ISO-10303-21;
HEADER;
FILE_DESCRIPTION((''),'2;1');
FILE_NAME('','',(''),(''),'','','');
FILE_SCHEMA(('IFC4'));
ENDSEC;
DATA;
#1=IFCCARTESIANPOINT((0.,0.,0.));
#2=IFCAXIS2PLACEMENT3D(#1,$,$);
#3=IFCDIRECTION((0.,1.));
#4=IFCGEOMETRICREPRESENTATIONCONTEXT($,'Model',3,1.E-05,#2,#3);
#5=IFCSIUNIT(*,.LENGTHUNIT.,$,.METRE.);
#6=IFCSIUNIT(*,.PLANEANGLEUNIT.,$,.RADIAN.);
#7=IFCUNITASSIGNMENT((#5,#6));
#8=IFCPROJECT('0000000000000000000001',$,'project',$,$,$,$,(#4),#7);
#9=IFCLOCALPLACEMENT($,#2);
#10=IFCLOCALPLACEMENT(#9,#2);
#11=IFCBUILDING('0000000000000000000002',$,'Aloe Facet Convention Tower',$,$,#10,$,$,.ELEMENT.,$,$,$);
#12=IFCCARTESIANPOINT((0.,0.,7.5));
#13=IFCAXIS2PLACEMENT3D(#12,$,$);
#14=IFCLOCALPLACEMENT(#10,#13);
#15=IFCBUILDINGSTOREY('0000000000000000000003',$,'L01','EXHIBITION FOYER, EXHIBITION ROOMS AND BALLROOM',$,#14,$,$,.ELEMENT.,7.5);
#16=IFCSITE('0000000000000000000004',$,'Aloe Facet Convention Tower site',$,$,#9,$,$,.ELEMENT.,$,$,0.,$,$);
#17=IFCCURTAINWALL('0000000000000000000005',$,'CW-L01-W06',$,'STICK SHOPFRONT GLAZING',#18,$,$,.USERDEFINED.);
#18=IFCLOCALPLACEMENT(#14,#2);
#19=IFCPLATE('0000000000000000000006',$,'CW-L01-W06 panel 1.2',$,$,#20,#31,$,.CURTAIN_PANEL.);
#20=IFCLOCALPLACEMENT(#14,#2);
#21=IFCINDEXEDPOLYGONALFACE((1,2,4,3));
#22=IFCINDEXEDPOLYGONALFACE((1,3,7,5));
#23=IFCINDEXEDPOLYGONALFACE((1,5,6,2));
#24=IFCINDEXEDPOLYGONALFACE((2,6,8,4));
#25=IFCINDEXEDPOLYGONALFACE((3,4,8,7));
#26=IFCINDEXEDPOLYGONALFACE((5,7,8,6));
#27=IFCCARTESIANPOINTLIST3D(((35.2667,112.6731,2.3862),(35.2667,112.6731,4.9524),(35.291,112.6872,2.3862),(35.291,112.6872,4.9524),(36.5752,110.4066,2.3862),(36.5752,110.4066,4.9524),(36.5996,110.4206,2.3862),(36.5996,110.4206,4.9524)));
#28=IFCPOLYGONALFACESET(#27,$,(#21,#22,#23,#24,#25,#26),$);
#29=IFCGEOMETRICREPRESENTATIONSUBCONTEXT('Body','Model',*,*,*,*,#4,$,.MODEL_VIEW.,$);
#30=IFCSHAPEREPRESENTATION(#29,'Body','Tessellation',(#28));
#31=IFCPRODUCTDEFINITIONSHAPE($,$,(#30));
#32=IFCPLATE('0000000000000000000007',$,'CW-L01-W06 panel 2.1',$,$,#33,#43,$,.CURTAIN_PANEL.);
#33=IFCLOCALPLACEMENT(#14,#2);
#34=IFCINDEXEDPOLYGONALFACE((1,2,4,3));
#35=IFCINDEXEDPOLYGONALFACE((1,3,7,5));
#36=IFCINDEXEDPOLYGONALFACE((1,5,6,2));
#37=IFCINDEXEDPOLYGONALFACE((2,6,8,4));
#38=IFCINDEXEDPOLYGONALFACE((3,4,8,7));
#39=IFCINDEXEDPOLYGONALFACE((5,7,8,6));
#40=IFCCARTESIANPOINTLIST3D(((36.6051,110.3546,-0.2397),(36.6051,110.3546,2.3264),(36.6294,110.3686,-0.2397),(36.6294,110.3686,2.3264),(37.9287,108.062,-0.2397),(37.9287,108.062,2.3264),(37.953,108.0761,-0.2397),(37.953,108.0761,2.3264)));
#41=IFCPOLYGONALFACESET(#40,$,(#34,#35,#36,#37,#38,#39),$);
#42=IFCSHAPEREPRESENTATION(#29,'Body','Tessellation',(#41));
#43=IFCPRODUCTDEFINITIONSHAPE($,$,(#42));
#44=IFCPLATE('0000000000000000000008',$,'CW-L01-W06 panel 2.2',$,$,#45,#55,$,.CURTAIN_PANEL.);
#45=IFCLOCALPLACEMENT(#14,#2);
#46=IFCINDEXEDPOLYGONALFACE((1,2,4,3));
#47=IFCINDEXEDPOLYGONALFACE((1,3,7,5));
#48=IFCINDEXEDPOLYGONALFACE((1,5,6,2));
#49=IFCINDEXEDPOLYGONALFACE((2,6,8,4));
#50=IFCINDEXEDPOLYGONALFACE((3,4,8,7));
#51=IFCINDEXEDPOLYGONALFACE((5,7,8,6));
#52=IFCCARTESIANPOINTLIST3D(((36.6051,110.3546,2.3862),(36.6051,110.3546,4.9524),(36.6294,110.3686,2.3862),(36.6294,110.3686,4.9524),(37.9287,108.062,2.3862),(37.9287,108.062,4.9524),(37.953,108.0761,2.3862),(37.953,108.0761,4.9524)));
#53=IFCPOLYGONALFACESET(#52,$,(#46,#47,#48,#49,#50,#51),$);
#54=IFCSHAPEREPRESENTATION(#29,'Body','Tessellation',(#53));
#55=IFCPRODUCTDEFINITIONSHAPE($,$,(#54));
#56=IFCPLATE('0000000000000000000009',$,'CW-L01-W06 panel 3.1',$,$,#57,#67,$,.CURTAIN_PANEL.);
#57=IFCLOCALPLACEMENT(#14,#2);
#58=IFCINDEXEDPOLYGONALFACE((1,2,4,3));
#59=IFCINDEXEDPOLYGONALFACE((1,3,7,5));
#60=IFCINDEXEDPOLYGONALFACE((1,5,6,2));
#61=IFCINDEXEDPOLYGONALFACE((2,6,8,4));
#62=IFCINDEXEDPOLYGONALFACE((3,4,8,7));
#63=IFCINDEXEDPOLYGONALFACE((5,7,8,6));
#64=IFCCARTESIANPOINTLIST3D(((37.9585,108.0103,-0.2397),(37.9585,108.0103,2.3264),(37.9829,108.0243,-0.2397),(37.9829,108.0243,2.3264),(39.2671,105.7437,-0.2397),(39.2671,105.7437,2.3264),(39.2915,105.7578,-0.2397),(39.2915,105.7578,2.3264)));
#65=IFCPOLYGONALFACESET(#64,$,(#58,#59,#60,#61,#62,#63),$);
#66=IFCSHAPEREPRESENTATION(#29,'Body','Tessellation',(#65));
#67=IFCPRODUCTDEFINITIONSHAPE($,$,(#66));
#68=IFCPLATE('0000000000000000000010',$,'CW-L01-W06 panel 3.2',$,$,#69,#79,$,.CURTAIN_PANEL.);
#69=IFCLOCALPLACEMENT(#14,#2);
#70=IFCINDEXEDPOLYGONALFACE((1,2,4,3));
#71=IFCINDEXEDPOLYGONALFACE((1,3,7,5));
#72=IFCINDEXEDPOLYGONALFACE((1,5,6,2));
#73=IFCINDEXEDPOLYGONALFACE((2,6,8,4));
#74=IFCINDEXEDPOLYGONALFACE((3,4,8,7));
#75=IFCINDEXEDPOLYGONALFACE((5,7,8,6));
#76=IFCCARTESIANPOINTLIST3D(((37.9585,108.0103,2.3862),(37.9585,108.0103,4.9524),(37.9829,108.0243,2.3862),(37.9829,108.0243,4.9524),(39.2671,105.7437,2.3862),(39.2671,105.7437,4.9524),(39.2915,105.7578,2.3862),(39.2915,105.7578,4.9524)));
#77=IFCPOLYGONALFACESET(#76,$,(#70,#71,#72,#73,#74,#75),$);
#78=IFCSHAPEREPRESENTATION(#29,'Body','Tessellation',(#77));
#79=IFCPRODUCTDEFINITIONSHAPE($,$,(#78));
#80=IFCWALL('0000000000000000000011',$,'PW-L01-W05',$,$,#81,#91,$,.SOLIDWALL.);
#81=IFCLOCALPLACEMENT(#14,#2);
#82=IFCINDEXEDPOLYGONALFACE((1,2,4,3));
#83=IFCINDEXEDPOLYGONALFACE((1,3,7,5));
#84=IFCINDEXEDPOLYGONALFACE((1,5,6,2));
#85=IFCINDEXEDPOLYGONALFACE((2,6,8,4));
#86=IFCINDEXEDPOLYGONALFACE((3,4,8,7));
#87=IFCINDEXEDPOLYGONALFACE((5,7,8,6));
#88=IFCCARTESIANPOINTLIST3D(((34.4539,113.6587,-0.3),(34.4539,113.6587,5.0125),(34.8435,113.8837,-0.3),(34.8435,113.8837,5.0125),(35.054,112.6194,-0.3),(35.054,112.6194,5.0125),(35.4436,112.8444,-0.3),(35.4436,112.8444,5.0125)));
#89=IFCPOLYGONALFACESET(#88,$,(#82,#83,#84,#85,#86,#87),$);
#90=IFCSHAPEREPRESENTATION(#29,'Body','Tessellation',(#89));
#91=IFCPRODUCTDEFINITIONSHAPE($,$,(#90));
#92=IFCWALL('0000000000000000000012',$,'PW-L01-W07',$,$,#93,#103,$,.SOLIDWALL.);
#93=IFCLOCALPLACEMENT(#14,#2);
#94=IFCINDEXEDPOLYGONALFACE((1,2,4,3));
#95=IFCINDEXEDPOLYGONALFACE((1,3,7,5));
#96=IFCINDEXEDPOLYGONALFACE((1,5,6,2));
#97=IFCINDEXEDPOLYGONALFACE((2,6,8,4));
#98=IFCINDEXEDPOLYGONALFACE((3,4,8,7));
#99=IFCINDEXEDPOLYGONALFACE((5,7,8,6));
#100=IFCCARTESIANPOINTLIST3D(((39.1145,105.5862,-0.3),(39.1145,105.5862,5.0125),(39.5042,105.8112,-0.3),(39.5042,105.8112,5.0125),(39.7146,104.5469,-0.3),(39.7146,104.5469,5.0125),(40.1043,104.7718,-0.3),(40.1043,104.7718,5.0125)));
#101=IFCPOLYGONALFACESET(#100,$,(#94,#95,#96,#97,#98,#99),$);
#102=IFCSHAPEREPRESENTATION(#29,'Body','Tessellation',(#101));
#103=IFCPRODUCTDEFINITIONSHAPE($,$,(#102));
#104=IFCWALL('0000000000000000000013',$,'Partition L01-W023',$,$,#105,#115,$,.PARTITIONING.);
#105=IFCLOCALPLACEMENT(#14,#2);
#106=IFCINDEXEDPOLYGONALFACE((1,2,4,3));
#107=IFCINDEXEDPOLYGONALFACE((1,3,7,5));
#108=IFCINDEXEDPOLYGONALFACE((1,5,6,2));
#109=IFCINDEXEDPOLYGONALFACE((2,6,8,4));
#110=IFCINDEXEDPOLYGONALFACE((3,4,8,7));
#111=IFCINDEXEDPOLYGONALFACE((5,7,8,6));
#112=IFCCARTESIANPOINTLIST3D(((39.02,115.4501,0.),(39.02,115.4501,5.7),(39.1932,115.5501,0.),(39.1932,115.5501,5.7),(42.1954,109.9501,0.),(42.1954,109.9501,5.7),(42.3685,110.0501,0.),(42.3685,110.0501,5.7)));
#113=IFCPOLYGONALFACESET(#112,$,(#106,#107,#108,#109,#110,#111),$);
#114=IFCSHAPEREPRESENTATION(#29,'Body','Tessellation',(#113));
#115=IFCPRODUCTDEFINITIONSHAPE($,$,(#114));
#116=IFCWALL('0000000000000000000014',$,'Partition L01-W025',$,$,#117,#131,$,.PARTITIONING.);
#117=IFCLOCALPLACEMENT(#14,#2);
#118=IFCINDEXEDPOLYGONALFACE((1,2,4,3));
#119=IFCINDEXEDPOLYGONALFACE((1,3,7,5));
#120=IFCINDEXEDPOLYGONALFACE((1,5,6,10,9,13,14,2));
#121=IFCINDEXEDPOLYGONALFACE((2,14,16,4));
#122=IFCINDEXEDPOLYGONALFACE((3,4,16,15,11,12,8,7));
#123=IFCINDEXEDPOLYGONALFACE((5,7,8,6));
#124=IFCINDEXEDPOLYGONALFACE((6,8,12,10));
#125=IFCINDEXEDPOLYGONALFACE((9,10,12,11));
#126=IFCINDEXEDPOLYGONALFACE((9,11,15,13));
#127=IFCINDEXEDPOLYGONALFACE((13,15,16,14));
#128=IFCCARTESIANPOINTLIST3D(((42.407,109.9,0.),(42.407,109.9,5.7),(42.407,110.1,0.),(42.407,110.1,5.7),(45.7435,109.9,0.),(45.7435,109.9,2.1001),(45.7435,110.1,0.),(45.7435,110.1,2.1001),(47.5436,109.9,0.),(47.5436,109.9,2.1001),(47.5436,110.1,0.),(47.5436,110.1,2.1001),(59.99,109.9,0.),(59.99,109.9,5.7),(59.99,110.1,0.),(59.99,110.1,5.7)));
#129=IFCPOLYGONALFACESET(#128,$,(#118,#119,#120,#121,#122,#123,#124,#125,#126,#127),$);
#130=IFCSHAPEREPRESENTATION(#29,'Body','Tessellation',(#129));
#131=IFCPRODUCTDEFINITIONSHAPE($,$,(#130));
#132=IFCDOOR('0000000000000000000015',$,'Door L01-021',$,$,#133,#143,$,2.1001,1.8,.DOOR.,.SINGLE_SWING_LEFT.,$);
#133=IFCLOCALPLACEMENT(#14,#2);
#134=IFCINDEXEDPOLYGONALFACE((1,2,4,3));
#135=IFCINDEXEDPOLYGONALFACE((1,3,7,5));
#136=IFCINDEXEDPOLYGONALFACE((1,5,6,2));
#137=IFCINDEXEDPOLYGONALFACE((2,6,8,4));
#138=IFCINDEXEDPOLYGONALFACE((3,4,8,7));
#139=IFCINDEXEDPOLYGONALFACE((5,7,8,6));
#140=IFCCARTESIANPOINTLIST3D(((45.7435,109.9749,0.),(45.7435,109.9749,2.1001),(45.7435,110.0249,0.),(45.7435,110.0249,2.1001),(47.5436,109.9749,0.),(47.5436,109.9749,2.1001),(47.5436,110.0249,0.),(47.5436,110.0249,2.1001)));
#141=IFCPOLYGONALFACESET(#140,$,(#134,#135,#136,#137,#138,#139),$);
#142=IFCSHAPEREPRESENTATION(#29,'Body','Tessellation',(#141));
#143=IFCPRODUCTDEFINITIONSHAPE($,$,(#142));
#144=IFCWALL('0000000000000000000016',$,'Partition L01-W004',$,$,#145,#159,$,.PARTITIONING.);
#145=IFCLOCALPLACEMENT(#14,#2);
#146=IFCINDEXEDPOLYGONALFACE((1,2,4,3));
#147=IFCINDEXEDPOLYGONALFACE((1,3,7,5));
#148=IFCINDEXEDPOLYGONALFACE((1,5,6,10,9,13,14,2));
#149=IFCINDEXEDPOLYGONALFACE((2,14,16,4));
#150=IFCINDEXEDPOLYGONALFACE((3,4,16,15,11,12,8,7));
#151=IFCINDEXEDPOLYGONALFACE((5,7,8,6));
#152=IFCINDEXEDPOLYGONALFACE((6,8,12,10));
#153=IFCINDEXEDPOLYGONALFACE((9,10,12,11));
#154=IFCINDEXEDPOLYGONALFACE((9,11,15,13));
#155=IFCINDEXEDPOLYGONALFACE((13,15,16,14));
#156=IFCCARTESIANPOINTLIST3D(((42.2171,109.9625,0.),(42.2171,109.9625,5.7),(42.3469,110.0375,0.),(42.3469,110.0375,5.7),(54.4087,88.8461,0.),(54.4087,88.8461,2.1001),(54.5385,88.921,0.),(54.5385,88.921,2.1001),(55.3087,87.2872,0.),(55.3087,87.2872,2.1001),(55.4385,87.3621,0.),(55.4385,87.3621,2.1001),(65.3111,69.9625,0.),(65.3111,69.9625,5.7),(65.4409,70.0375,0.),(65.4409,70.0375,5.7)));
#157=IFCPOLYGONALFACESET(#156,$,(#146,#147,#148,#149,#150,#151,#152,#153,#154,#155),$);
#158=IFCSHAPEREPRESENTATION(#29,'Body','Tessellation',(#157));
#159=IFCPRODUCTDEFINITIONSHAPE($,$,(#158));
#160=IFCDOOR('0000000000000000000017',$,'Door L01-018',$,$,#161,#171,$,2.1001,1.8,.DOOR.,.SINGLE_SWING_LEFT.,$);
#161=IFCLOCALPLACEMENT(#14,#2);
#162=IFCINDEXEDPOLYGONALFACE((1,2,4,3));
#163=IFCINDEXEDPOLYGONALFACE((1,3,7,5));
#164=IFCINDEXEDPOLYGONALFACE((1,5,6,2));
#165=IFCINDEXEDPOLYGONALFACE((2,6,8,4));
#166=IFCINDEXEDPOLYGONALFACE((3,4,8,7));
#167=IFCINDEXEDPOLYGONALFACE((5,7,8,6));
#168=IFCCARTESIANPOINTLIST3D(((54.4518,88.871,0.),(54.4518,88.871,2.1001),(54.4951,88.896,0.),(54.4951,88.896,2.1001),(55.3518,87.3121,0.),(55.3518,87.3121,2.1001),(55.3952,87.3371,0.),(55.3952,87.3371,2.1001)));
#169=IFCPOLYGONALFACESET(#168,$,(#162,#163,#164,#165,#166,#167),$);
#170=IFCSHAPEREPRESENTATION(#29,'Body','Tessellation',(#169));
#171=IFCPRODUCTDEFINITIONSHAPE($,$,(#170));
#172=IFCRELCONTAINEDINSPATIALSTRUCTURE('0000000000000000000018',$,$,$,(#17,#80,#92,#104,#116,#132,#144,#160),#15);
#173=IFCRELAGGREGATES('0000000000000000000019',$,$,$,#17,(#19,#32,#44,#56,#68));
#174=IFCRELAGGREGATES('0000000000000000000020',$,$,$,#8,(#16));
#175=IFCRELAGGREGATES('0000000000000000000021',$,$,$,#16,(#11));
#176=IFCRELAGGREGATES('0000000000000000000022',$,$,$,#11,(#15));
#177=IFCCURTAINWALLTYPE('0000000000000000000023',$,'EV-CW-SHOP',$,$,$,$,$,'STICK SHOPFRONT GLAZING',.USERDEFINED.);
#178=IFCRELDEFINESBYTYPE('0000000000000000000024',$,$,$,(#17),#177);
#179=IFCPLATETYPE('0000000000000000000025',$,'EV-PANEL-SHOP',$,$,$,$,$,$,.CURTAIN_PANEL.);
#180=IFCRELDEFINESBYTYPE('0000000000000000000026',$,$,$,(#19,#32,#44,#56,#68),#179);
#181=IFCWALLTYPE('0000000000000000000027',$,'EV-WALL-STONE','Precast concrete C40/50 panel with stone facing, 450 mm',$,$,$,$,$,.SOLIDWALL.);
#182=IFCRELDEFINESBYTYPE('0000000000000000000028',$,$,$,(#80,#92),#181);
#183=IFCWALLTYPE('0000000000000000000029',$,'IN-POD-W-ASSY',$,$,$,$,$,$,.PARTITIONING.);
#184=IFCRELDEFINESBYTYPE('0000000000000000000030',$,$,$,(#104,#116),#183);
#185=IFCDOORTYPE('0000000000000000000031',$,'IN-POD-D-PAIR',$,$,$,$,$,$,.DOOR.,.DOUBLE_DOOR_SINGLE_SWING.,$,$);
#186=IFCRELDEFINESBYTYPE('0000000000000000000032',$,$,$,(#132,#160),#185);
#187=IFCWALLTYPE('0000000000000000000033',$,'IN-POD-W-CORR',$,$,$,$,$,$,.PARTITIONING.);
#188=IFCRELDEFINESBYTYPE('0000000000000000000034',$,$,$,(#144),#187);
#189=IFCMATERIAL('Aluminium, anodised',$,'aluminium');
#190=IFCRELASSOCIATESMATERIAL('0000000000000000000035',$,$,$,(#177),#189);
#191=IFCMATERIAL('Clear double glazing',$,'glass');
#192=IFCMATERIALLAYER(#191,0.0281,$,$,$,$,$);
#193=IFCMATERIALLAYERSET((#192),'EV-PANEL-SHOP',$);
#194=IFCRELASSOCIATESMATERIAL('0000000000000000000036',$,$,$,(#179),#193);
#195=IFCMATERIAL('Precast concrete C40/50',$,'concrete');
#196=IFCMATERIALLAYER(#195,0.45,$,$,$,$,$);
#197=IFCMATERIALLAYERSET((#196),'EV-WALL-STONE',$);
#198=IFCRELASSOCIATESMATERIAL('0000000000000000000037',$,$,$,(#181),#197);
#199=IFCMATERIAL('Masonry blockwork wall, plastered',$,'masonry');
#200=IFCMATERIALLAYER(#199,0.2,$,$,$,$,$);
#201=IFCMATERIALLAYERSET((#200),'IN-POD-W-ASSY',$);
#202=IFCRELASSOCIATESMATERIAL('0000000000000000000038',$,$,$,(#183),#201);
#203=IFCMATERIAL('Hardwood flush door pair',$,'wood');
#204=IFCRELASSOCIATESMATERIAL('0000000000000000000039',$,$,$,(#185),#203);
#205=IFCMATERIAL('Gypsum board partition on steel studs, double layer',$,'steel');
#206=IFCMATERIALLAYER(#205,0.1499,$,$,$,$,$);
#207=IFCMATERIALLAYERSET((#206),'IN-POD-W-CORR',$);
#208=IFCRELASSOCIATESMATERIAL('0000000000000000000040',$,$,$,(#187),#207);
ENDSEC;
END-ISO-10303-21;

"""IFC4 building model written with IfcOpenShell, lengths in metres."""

from ifc_helpers import new_model, si_unit, direction, frame, frame_2d, origin, origin_2d, place, context, subcontext, project, spatial, rectangle, extrude, material, layer, layer_set, type_object, element, fill, aggregate, save


model = new_model("IFC4")

# Units and contexts
model_context = context("Model", 3, precision=1e-05, world=origin(), true_north=direction((0.0, 1.0)))
body_context = subcontext(model_context, "Body", "Model", "MODEL_VIEW")
ifc_project = project(units=[si_unit("LENGTHUNIT", "METRE"), si_unit("PLANEANGLEUNIT", "RADIAN")], contexts=[model_context])

# Site, building, storey
site_placement = place(None, origin())
site = spatial("IfcSite", under=ifc_project, at=site_placement, Name="Aloe Facet Convention Tower site", CompositionType="ELEMENT", RefElevation=0.0)
building_placement = place(site_placement, origin())
building = spatial("IfcBuilding", under=site, at=building_placement, Name="Aloe Facet Convention Tower", CompositionType="ELEMENT")
storey_placement = place(building_placement, frame((0.0, 0.0, 7.5)))
storey = spatial("IfcBuildingStorey", under=building, at=storey_placement, Name="L01", Description="EXHIBITION FOYER, EXHIBITION ROOMS AND BALLROOM", CompositionType="ELEMENT", Elevation=7.5)

# Curtain wall
ifc_material_1 = material(Name="Aluminium, anodised", Category="aluminium")
curtain_wall_type = type_object("IfcCurtainWallType", Name="EV-CW-SHOP", ElementType="STICK SHOPFRONT GLAZING", PredefinedType="USERDEFINED", material=ifc_material_1)
curtain_wall_1_placement = place(storey_placement, origin())
curtain_wall_1 = element("IfcCurtainWall", 1, at=curtain_wall_1_placement, inside=storey, type_object=curtain_wall_type, Name="CW-L01-W06", ObjectType="STICK SHOPFRONT GLAZING", PredefinedType="USERDEFINED")

# Plates
ifc_material_2 = material(Name="Clear double glazing", Category="glass")
ifc_layer_1 = layer(ifc_material_2, 0.0281)
ifc_layer_set_1 = layer_set([ifc_layer_1], Name="EV-PANEL-SHOP")
plate_type = type_object("IfcPlateType", Name="EV-PANEL-SHOP", PredefinedType="CURTAIN_PANEL", material=ifc_layer_set_1)
plate_1_placement = place(storey_placement, frame((35.9331, 111.5469, 2.3862), z_axis=(0.0, 0.0, 1.0), x_axis=(0.5, -0.866025, 0.0)))
plate_1 = element("IfcPlate", 2, at=plate_1_placement, type_object=plate_type, Name="CW-L01-W06 panel 1.2", PredefinedType="CURTAIN_PANEL", context=body_context, shape_type="SweptSolid", body=[
    extrude(rectangle(XDim=2.6172, YDim=0.0281, at=origin_2d()), origin(), (0.0, 0.0, 1.0), 2.5662),
])
plate_2_placement = place(storey_placement, frame((37.2791, 109.2153, -0.2397), z_axis=(0.0, 0.0, 1.0), x_axis=(0.5, -0.866025, 0.0)))
plate_2 = element("IfcPlate", 3, at=plate_2_placement, type_object=plate_type, Name="CW-L01-W06 panel 2.1", PredefinedType="CURTAIN_PANEL", context=body_context, shape_type="SweptSolid", body=[
    extrude(rectangle(XDim=2.6472, YDim=0.0281, at=origin_2d()), origin(), (0.0, 0.0, 1.0), 2.5662),
])
plate_3_placement = place(storey_placement, frame((37.2791, 109.2153, 2.3862), z_axis=(0.0, 0.0, 1.0), x_axis=(0.5, -0.866025, 0.0)))
plate_3 = element("IfcPlate", 4, at=plate_3_placement, type_object=plate_type, Name="CW-L01-W06 panel 2.2", PredefinedType="CURTAIN_PANEL", context=body_context, shape_type="SweptSolid", body=[
    extrude(rectangle(XDim=2.6472, YDim=0.0281, at=origin_2d()), origin(), (0.0, 0.0, 1.0), 2.5662),
])
plate_4_placement = place(storey_placement, frame((38.625, 106.884, -0.2397), z_axis=(0.0, 0.0, 1.0), x_axis=(0.5, -0.866025, 0.0)))
plate_4 = element("IfcPlate", 5, at=plate_4_placement, type_object=plate_type, Name="CW-L01-W06 panel 3.1", PredefinedType="CURTAIN_PANEL", context=body_context, shape_type="SweptSolid", body=[
    extrude(rectangle(XDim=2.6172, YDim=0.0281, at=origin_2d()), origin(), (0.0, 0.0, 1.0), 2.5662),
])
plate_5_placement = place(storey_placement, frame((38.625, 106.884, 2.3862), z_axis=(0.0, 0.0, 1.0), x_axis=(0.5, -0.866025, 0.0)))
plate_5 = element("IfcPlate", 6, at=plate_5_placement, type_object=plate_type, Name="CW-L01-W06 panel 3.2", PredefinedType="CURTAIN_PANEL", context=body_context, shape_type="SweptSolid", body=[
    extrude(rectangle(XDim=2.6172, YDim=0.0281, at=origin_2d()), origin(), (0.0, 0.0, 1.0), 2.5662),
])
aggregate(curtain_wall_1, [plate_1, plate_2, plate_3, plate_4, plate_5])

# Walls
ifc_material_3 = material(Name="Precast concrete C40/50", Category="concrete")
ifc_layer_2 = layer(ifc_material_3, 0.45)
ifc_layer_set_2 = layer_set([ifc_layer_2], Name="EV-WALL-STONE")
wall_type_1 = type_object("IfcWallType", Name="EV-WALL-STONE", Description="Precast concrete C40/50 panel with stone facing, 450 mm", PredefinedType="SOLIDWALL", material=ifc_layer_set_2)
for number, where, z_axis, x_axis, name in (
    (7, (34.6487, 113.7712, -0.3), (0.0, 0.0, 1.0), (0.500034, -0.866006, 0.0), "PW-L01-W05"),
    (8, (39.3093, 105.6987, -0.3), (0.0, 0.0, 1.0), (0.500034, -0.866006, 0.0), "PW-L01-W07"),
):
    element("IfcWall", number, at=place(storey_placement, frame(where, z_axis=z_axis, x_axis=x_axis)), inside=storey, type_object=wall_type_1, Name=name, PredefinedType="SOLIDWALL", context=body_context, shape_type="SweptSolid", body=[
        extrude(rectangle(XDim=1.2002, YDim=0.45, at=frame_2d((0.6001, 0.0))), origin(), (0.0, 0.0, 1.0), 5.3125),
    ])
ifc_material_4 = material(Name="Masonry blockwork wall, plastered", Category="masonry")
ifc_layer_3 = layer(ifc_material_4, 0.2)
ifc_layer_set_3 = layer_set([ifc_layer_3], Name="IN-POD-W-ASSY")
wall_type_2 = type_object("IfcWallType", Name="IN-POD-W-ASSY", PredefinedType="PARTITIONING", material=ifc_layer_set_3)
wall_1_placement = place(storey_placement, frame((39.1067, 115.5, 0.0), z_axis=(0.0, 0.0, 1.0), x_axis=(0.499984, -0.866035, 0.0)))
element("IfcWall", 9, at=wall_1_placement, inside=storey, type_object=wall_type_2, Name="Partition L01-W023", PredefinedType="PARTITIONING", context=body_context, shape_type="SweptSolid", body=[
    extrude(rectangle(XDim=6.3508, YDim=0.2, at=frame_2d((3.1753, 0.0))), origin(), (0.0, 0.0, 1.0), 5.7),
])

# Walls, openings, doors
wall_2_placement = place(storey_placement, frame((42.407, 110.0, 0.0), z_axis=(0.0, 0.0, 1.0), x_axis=(1.0, 0.0, 0.0)))
wall_2 = element("IfcWall", 10, at=wall_2_placement, inside=storey, type_object=wall_type_2, Name="Partition L01-W025", PredefinedType="PARTITIONING", context=body_context, shape_type="SweptSolid", body=[
    extrude(rectangle(XDim=17.583, YDim=0.2, at=frame_2d((8.7915, 0.0))), origin(), (0.0, 0.0, 1.0), 5.7),
])
opening_1_placement = place(wall_2_placement, frame((3.3367, 0.0, 0.0)))
opening_1 = element("IfcOpeningElement", 11, at=opening_1_placement, cuts=wall_2, PredefinedType="OPENING", context=body_context, shape_type="SweptSolid", body=[
    extrude(rectangle(XDim=1.8, YDim=2.1001, at=frame_2d((0.8999, 1.05))), frame((0.0, 0.1099, 0.0), z_axis=(0.0, -1.0, 0.0), x_axis=(1.0, 0.0, 0.0)), (0.0, 0.0, 1.0), 0.22),
])
ifc_material_5 = material(Name="Hardwood flush door pair", Category="wood")
door_type = type_object("IfcDoorType", Name="IN-POD-D-PAIR", OperationType="DOUBLE_DOOR_SINGLE_SWING", PredefinedType="DOOR", material=ifc_material_5)
door_1_placement = place(opening_1_placement, origin())
door_1 = element("IfcDoor", 12, at=door_1_placement, inside=storey, type_object=door_type, Name="Door L01-021", OperationType="SINGLE_SWING_LEFT", OverallHeight=2.1001, OverallWidth=1.8, PredefinedType="DOOR", context=body_context, shape_type="SweptSolid", body=[
    extrude(rectangle(XDim=1.8, YDim=2.1001, at=frame_2d((0.8999, 1.05))), frame((0.0, 0.0249, 0.0), z_axis=(0.0, -1.0, 0.0), x_axis=(1.0, 0.0, 0.0)), (0.0, 0.0, 1.0), 0.05),
])
fill(opening_1, door_1)
ifc_material_6 = material(Name="Gypsum board partition on steel studs, double layer", Category="steel")
ifc_layer_4 = layer(ifc_material_6, 0.1499)
ifc_layer_set_4 = layer_set([ifc_layer_4], Name="IN-POD-W-CORR")
wall_type_3 = type_object("IfcWallType", Name="IN-POD-W-CORR", PredefinedType="PARTITIONING", material=ifc_layer_set_4)
wall_3_placement = place(storey_placement, frame((42.282, 110.0, 0.0), z_axis=(0.0, 0.0, 1.0), x_axis=(0.5, -0.866026, 0.0)))
wall_3 = element("IfcWall", 13, at=wall_3_placement, inside=storey, type_object=wall_type_3, Name="Partition L01-W004", PredefinedType="PARTITIONING", context=body_context, shape_type="SweptSolid", body=[
    extrude(rectangle(XDim=46.188, YDim=0.1499, at=frame_2d((23.094, 0.0))), origin(), (0.0, 0.0, 1.0), 5.7),
])
opening_2_placement = place(wall_3_placement, frame((24.3833, 0.0, 0.0)))
opening_2 = element("IfcOpeningElement", 14, at=opening_2_placement, cuts=wall_3, PredefinedType="OPENING", context=body_context, shape_type="SweptSolid", body=[
    extrude(rectangle(XDim=1.8, YDim=2.1001, at=frame_2d((0.8999, 1.05))), frame((0.0, 0.085, 0.0), z_axis=(0.0, -1.0, 0.0), x_axis=(1.0, 0.0, 0.0)), (0.0, 0.0, 1.0), 0.1699),
])
door_2_placement = place(opening_2_placement, origin())
door_2 = element("IfcDoor", 15, at=door_2_placement, inside=storey, type_object=door_type, Name="Door L01-018", OperationType="SINGLE_SWING_LEFT", OverallHeight=2.1001, OverallWidth=1.8, PredefinedType="DOOR", context=body_context, shape_type="SweptSolid", body=[
    extrude(rectangle(XDim=1.8, YDim=2.1001, at=frame_2d((0.8999, 1.05))), frame((0.0, 0.0249, 0.0), z_axis=(0.0, -1.0, 0.0), x_axis=(1.0, 0.0, 0.0)), (0.0, 0.0, 1.0), 0.05),
])
fill(opening_2, door_2)

save(model, "model.ifc")
